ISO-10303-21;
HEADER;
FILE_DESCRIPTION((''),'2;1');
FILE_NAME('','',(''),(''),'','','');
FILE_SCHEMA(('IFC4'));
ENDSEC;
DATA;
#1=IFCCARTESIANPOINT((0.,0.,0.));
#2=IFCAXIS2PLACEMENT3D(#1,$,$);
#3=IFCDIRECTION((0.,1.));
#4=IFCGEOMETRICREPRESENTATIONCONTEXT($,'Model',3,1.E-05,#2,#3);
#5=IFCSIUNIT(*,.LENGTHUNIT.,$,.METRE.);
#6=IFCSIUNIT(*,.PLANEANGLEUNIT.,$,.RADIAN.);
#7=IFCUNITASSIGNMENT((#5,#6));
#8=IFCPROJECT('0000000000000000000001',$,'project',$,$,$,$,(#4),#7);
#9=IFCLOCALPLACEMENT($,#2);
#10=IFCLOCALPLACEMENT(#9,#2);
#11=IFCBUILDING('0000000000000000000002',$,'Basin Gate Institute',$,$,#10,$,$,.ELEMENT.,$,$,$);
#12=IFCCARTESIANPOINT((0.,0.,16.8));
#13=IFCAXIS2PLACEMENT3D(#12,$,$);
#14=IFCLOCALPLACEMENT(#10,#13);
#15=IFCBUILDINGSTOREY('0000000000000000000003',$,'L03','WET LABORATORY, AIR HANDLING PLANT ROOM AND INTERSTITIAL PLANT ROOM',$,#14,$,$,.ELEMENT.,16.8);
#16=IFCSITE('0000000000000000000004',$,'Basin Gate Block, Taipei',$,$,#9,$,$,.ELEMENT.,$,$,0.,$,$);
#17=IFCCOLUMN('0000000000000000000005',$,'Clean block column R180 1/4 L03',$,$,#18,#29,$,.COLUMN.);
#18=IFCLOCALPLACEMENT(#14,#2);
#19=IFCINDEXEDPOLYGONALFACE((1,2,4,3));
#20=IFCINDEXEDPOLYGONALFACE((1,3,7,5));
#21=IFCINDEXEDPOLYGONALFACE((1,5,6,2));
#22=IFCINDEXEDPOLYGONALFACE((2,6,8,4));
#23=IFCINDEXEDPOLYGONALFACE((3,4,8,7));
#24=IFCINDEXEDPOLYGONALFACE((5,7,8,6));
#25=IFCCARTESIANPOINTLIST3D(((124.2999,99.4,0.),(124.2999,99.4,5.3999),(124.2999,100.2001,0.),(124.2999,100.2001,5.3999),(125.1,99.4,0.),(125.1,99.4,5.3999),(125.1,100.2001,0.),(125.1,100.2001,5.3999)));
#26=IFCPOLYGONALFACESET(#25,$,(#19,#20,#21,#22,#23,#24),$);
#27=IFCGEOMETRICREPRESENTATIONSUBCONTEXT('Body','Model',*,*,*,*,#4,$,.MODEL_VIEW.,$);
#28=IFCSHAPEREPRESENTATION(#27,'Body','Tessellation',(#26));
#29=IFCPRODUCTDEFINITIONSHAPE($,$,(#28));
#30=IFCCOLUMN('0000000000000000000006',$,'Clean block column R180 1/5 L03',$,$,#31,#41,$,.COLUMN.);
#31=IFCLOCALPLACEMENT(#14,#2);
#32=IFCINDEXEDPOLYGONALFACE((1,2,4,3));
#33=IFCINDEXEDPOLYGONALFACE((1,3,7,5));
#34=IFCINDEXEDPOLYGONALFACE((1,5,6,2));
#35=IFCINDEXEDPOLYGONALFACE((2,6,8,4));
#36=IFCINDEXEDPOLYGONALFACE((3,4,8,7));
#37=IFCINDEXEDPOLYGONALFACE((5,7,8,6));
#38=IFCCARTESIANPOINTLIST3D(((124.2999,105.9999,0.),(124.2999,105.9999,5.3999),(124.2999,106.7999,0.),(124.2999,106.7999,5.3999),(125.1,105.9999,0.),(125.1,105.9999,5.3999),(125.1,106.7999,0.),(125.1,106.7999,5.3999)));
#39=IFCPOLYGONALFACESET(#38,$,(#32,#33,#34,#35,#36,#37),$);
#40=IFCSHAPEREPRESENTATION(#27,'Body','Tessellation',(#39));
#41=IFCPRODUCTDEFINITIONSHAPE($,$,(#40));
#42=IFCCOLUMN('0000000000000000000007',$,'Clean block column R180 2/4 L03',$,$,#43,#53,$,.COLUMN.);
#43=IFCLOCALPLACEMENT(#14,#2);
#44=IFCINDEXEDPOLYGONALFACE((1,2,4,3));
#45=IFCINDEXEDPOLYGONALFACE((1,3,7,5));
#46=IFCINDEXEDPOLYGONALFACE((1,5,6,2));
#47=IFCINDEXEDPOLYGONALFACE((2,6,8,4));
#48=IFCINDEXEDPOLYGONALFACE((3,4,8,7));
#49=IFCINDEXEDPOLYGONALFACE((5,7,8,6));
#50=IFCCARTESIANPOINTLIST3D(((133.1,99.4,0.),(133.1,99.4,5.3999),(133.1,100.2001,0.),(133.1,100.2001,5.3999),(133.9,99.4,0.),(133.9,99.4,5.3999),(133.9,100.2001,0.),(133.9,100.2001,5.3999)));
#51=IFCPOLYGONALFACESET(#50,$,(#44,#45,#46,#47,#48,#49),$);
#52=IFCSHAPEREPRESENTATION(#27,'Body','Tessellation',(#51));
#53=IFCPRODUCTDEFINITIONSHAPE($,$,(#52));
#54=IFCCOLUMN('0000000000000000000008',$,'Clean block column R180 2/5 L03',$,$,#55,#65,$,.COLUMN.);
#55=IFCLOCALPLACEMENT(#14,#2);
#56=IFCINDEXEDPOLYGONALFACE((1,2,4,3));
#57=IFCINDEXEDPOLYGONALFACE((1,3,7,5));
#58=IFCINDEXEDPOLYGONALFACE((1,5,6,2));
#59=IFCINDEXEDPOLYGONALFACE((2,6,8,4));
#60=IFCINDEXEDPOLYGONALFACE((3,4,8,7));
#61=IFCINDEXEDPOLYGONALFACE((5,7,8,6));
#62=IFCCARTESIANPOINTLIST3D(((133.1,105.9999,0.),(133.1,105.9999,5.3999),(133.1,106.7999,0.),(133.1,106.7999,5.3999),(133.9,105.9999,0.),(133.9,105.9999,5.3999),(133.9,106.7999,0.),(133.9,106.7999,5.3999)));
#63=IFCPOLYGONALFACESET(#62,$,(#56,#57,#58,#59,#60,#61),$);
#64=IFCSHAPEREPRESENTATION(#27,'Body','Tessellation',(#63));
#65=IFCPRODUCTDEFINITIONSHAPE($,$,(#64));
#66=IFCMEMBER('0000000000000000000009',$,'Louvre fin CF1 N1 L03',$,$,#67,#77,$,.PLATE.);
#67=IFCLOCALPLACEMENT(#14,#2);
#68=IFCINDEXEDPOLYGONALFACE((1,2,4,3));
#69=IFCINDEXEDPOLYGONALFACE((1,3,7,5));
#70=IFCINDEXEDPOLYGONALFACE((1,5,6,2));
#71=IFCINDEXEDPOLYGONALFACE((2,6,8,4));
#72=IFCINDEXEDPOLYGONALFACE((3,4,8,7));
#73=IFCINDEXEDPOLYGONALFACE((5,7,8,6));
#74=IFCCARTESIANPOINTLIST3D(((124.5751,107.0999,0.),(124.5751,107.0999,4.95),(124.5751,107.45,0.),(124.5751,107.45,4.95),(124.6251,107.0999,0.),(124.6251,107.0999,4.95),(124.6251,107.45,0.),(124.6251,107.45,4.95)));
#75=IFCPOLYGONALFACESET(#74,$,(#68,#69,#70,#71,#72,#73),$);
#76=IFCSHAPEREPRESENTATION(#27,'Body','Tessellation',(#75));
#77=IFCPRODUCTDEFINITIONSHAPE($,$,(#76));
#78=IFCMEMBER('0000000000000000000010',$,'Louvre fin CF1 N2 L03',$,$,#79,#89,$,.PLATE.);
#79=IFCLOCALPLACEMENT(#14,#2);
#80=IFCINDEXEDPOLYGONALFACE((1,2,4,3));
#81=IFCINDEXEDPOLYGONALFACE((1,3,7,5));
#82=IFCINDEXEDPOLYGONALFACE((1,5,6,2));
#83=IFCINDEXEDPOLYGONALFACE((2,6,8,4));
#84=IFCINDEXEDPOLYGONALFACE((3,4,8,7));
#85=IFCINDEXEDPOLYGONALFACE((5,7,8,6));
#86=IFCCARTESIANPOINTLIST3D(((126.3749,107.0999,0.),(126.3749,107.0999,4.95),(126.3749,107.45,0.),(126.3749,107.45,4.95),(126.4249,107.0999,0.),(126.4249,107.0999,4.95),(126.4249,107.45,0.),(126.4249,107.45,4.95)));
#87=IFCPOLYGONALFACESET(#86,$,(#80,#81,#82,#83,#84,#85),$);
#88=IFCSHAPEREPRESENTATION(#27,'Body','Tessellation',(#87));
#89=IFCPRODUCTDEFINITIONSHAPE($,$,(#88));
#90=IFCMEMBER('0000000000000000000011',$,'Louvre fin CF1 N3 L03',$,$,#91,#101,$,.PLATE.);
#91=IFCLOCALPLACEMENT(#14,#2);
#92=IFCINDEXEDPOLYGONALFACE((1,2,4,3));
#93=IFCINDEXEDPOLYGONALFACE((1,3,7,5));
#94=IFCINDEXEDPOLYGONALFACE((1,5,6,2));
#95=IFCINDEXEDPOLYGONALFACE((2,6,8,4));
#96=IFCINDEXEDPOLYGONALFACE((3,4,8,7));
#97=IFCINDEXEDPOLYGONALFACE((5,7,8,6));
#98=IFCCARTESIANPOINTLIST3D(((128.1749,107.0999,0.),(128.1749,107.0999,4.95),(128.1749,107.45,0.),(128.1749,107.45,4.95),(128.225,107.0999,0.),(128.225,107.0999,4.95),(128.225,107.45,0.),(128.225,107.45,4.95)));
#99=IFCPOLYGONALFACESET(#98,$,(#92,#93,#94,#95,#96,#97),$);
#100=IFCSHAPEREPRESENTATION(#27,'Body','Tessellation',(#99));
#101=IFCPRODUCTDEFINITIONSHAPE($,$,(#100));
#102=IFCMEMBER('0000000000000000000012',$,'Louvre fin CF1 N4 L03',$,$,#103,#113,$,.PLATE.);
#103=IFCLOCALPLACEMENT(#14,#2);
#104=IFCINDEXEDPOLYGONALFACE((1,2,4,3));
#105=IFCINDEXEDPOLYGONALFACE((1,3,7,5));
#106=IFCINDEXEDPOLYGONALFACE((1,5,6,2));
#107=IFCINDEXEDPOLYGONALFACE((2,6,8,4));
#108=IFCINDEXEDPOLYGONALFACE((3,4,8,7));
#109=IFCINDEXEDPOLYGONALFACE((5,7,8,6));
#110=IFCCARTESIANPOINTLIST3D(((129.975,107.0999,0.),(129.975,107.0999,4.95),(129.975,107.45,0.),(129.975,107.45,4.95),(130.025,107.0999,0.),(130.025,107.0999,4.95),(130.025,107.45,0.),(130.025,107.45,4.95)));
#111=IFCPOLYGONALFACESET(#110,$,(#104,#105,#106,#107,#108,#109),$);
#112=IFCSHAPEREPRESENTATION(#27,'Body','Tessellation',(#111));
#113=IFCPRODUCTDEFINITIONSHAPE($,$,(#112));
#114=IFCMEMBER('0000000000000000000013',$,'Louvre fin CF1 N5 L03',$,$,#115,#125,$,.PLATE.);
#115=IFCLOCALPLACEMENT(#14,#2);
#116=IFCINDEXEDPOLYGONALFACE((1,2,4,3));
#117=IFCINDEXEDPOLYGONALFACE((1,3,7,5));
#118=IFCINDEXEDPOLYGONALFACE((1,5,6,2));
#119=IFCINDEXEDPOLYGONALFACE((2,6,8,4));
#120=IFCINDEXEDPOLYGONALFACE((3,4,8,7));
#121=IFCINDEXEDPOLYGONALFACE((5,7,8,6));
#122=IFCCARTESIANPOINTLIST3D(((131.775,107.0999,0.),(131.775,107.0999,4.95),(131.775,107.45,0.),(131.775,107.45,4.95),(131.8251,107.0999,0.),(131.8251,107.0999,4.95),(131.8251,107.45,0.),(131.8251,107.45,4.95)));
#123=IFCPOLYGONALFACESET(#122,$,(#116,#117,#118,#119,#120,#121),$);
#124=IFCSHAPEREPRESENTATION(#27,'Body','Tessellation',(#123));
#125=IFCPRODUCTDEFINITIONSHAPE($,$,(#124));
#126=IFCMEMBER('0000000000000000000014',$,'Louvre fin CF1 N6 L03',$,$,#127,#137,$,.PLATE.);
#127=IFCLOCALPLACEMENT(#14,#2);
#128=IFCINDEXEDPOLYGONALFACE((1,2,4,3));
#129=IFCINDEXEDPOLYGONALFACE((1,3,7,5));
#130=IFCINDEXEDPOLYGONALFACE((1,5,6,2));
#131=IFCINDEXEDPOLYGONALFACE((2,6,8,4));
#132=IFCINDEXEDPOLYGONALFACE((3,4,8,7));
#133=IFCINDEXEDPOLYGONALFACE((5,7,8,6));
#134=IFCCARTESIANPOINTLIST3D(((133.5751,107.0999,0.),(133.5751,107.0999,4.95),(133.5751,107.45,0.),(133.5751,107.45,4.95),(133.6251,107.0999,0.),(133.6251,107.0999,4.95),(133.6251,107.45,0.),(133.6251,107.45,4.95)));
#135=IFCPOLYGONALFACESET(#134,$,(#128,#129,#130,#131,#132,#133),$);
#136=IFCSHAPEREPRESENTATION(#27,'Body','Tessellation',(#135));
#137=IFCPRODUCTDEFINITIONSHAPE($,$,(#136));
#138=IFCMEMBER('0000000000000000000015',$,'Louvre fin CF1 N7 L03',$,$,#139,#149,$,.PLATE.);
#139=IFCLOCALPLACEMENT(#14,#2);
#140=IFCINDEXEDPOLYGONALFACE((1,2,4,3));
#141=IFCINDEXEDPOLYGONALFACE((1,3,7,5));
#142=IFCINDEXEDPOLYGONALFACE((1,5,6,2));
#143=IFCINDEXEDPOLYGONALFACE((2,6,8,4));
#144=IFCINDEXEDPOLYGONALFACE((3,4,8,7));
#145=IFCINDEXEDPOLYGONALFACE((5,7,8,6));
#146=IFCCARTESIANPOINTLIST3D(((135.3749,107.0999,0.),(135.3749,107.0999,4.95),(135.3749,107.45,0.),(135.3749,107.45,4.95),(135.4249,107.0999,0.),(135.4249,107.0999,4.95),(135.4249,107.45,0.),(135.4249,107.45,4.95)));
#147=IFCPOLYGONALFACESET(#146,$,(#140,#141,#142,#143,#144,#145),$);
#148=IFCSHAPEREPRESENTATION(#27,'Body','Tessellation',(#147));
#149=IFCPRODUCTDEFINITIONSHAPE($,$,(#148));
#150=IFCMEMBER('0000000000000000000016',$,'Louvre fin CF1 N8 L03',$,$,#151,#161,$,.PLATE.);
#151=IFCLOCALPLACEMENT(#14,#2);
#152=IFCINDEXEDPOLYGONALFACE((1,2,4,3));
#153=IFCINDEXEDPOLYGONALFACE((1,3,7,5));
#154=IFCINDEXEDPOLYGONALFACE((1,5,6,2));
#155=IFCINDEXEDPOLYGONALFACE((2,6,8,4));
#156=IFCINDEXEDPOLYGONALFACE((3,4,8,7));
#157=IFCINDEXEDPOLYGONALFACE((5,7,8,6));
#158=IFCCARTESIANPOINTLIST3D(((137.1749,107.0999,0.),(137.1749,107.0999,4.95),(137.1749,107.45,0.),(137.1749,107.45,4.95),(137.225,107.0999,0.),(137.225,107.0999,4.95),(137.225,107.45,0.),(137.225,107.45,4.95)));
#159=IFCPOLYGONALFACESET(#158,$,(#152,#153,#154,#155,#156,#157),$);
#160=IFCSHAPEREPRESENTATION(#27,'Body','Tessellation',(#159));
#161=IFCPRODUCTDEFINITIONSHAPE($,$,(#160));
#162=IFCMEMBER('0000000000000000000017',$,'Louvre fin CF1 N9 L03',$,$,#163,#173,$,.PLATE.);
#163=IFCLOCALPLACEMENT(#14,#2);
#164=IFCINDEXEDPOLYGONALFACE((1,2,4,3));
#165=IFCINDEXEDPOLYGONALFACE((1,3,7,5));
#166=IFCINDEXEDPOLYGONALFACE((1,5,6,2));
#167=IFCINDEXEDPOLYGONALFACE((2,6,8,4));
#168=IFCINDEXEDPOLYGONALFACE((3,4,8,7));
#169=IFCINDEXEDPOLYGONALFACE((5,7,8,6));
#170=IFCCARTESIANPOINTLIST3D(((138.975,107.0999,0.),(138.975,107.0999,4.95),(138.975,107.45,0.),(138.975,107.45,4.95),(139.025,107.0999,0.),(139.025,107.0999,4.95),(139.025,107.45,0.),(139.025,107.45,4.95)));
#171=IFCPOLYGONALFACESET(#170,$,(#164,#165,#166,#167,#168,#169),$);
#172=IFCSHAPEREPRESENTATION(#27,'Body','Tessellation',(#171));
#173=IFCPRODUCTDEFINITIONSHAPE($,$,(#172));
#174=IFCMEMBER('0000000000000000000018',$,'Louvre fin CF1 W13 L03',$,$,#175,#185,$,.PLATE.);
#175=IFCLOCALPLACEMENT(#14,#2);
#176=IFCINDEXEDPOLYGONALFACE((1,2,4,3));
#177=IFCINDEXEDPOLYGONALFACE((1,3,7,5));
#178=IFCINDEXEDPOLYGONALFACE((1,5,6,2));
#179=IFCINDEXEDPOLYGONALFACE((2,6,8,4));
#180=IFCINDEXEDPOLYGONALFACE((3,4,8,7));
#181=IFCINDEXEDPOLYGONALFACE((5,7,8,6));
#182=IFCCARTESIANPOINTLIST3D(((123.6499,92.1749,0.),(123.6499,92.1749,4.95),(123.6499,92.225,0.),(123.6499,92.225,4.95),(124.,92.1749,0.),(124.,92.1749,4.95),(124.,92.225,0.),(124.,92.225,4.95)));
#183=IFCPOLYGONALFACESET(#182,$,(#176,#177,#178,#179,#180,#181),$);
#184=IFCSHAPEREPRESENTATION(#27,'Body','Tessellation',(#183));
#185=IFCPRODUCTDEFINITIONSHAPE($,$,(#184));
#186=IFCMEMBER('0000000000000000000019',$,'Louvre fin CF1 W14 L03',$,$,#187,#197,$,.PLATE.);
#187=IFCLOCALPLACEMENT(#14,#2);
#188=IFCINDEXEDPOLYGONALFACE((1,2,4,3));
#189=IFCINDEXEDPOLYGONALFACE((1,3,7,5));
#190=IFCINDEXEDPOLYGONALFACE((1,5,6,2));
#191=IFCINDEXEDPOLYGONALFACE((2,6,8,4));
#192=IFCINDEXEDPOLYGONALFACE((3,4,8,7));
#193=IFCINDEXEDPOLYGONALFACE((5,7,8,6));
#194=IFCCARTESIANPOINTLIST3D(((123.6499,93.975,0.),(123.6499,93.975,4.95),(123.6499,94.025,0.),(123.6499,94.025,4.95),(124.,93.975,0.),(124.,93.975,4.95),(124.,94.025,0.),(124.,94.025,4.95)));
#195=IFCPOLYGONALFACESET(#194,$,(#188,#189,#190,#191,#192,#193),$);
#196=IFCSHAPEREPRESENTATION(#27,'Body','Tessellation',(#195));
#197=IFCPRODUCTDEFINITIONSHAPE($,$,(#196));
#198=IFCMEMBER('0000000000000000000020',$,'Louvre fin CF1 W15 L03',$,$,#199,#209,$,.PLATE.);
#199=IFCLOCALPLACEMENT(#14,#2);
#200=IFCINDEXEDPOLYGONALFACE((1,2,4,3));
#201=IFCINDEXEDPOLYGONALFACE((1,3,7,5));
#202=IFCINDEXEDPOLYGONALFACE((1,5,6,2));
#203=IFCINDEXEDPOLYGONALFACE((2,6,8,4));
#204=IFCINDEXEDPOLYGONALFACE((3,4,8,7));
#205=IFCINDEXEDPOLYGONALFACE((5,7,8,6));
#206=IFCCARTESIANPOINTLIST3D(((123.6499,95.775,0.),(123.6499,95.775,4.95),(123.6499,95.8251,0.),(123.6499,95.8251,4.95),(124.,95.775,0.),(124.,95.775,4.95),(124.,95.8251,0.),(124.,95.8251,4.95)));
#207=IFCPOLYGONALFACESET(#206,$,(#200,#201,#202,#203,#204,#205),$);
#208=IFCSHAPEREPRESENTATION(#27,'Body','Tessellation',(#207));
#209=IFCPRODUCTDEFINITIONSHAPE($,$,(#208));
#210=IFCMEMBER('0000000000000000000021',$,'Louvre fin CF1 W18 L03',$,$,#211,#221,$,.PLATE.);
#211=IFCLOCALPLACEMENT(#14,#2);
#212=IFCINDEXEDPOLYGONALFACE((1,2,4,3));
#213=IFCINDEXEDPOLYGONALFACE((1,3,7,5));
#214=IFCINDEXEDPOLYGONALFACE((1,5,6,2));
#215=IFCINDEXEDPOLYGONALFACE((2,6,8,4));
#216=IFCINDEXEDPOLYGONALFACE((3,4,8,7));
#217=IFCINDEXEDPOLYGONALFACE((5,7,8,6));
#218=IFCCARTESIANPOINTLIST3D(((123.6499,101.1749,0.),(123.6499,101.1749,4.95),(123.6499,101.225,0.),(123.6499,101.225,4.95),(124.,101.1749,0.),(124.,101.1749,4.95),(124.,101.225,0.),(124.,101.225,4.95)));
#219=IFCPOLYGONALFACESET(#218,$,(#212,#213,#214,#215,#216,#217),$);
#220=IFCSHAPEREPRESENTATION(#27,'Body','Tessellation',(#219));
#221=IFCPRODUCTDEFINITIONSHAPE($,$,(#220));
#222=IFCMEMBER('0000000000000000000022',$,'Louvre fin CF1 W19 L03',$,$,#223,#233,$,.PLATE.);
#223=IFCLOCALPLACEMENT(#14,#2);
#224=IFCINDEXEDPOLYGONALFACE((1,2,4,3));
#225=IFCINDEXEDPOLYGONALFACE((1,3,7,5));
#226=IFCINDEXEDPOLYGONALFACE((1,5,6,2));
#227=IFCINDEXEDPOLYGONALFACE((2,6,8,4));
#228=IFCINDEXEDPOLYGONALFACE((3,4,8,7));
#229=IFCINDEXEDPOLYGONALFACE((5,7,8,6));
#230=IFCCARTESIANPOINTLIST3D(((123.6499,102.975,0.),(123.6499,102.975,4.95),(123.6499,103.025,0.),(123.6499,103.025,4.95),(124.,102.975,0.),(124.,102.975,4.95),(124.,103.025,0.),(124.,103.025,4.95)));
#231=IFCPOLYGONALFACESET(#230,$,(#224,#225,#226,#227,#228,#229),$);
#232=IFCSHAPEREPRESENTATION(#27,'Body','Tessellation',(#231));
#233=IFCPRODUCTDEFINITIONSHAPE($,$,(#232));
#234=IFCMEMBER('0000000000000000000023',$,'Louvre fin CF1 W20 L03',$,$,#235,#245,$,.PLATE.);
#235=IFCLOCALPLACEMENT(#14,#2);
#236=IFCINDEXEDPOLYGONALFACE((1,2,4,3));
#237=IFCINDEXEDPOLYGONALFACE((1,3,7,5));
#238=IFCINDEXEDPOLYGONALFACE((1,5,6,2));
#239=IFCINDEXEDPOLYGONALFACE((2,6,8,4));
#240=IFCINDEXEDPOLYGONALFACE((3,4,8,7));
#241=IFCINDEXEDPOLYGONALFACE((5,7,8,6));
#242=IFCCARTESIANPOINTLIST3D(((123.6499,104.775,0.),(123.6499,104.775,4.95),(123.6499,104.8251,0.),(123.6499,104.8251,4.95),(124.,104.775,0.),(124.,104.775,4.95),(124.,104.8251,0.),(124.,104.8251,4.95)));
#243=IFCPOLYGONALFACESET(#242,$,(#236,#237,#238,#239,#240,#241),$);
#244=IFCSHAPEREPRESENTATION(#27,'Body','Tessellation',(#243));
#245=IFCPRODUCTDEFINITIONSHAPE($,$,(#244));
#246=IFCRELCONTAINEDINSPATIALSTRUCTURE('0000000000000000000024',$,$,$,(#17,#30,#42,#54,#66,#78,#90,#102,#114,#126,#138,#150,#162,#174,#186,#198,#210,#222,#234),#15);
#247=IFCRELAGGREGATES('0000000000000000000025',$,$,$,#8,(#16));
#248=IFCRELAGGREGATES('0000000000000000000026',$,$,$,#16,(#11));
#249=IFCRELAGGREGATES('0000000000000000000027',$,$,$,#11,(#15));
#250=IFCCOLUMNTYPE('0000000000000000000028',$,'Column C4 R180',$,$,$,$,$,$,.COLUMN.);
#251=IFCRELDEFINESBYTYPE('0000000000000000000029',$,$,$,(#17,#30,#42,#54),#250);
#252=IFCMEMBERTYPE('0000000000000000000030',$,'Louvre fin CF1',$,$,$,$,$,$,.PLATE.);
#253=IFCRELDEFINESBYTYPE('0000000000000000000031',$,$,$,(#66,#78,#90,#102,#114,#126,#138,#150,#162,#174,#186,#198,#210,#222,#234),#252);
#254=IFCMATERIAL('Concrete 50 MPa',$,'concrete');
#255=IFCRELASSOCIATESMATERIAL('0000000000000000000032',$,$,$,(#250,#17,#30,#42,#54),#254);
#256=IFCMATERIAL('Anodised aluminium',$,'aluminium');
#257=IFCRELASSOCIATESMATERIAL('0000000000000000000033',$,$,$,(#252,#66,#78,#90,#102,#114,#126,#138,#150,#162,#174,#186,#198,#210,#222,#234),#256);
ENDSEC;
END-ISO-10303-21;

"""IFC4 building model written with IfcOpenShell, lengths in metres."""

from ifc_helpers import new_model, si_unit, direction, frame, origin, origin_2d, place, context, subcontext, project, spatial, rectangle, extrude, material, material_profile, profile_set, type_object, element, save


model = new_model("IFC4")

# Units and contexts
model_context = context("Model", 3, precision=1e-05, world=origin(), true_north=direction((0.0, 1.0)))
body_context = subcontext(model_context, "Body", "Model", "MODEL_VIEW")
ifc_project = project(units=[si_unit("LENGTHUNIT", "METRE"), si_unit("PLANEANGLEUNIT", "RADIAN")], contexts=[model_context])

# Site, building, storey
site_placement = place(None, origin())
site = spatial("IfcSite", under=ifc_project, at=site_placement, Name="Basin Gate Block, Taipei", CompositionType="ELEMENT", RefElevation=0.0)
building_placement = place(site_placement, origin())
building = spatial("IfcBuilding", under=site, at=building_placement, Name="Basin Gate Institute", CompositionType="ELEMENT")
storey_placement = place(building_placement, frame((0.0, 0.0, 16.8)))
storey = spatial("IfcBuildingStorey", under=building, at=storey_placement, Name="L03", Description="WET LABORATORY, AIR HANDLING PLANT ROOM AND INTERSTITIAL PLANT ROOM", CompositionType="ELEMENT", Elevation=16.8)

# Columns
ifc_material_1 = material(Name="Concrete 50 MPa", Category="concrete")
ifc_material_profile_1 = material_profile(ifc_material_1, rectangle(XDim=0.8, YDim=0.8, at=origin_2d()), Name="Column C4 800 x 800")
ifc_profile_set_1 = profile_set([ifc_material_profile_1], Name="Concrete 50 MPa")
column_type = type_object("IfcColumnType", Name="Column C4 R180", PredefinedType="COLUMN", material=ifc_profile_set_1)
for number, where, z_axis, x_axis, name in (
    (1, (124.7, 99.8, 0.0), (0.0, 0.0, 1.0), (1.0, 0.0, 0.0), "Clean block column R180 1/4 L03"),
    (2, (124.7, 106.3999, 0.0), (0.0, 0.0, 1.0), (1.0, 0.0, 0.0), "Clean block column R180 1/5 L03"),
    (3, (133.5, 99.8, 0.0), (0.0, 0.0, 1.0), (1.0, 0.0, 0.0), "Clean block column R180 2/4 L03"),
    (4, (133.5, 106.3999, 0.0), (0.0, 0.0, 1.0), (1.0, 0.0, 0.0), "Clean block column R180 2/5 L03"),
):
    element("IfcColumn", number, at=place(storey_placement, frame(where, z_axis=z_axis, x_axis=x_axis)), inside=storey, type_object=column_type, material=ifc_profile_set_1, Name=name, PredefinedType="COLUMN", context=body_context, shape_type="SweptSolid", body=[
        extrude(rectangle(XDim=0.8, YDim=0.8, at=origin_2d()), origin(), (0.0, 0.0, 1.0), 5.3999),
    ])

# Members
ifc_material_2 = material(Name="Anodised aluminium", Category="aluminium")
ifc_material_profile_2 = material_profile(ifc_material_2, rectangle(XDim=0.05, YDim=0.3501, at=origin_2d()), Name="Louvre fin CF1 50 x 350")
ifc_profile_set_2 = profile_set([ifc_material_profile_2], Name="Anodised aluminium")
member_type = type_object("IfcMemberType", Name="Louvre fin CF1", PredefinedType="PLATE", material=ifc_profile_set_2)
for number, where, z_axis, x_axis, name in (
    (5, (124.6001, 107.2749, 0.0), (0.0, 0.0, 1.0), (1.0, 0.0, 0.0), "Louvre fin CF1 N1 L03"),
    (6, (126.3999, 107.2749, 0.0), (0.0, 0.0, 1.0), (1.0, 0.0, 0.0), "Louvre fin CF1 N2 L03"),
    (7, (128.2, 107.2749, 0.0), (0.0, 0.0, 1.0), (1.0, 0.0, 0.0), "Louvre fin CF1 N3 L03"),
    (8, (130.0, 107.2749, 0.0), (0.0, 0.0, 1.0), (1.0, 0.0, 0.0), "Louvre fin CF1 N4 L03"),
    (9, (131.8, 107.2749, 0.0), (0.0, 0.0, 1.0), (1.0, 0.0, 0.0), "Louvre fin CF1 N5 L03"),
    (10, (133.6001, 107.2749, 0.0), (0.0, 0.0, 1.0), (1.0, 0.0, 0.0), "Louvre fin CF1 N6 L03"),
    (11, (135.3999, 107.2749, 0.0), (0.0, 0.0, 1.0), (1.0, 0.0, 0.0), "Louvre fin CF1 N7 L03"),
    (12, (137.2, 107.2749, 0.0), (0.0, 0.0, 1.0), (1.0, 0.0, 0.0), "Louvre fin CF1 N8 L03"),
    (13, (139.0, 107.2749, 0.0), (0.0, 0.0, 1.0), (1.0, 0.0, 0.0), "Louvre fin CF1 N9 L03"),
    (14, (123.825, 92.2, 0.0), (0.0, 0.0, 1.0), (0.0, 1.0, 0.0), "Louvre fin CF1 W13 L03"),
    (15, (123.825, 94.0, 0.0), (0.0, 0.0, 1.0), (0.0, 1.0, 0.0), "Louvre fin CF1 W14 L03"),
    (16, (123.825, 95.8, 0.0), (0.0, 0.0, 1.0), (0.0, 1.0, 0.0), "Louvre fin CF1 W15 L03"),
    (17, (123.825, 101.2, 0.0), (0.0, 0.0, 1.0), (0.0, 1.0, 0.0), "Louvre fin CF1 W18 L03"),
    (18, (123.825, 103.0, 0.0), (0.0, 0.0, 1.0), (0.0, 1.0, 0.0), "Louvre fin CF1 W19 L03"),
    (19, (123.825, 104.8, 0.0), (0.0, 0.0, 1.0), (0.0, 1.0, 0.0), "Louvre fin CF1 W20 L03"),
):
    element("IfcMember", number, at=place(storey_placement, frame(where, z_axis=z_axis, x_axis=x_axis)), inside=storey, type_object=member_type, material=ifc_profile_set_2, Name=name, PredefinedType="PLATE", context=body_context, shape_type="SweptSolid", body=[
        extrude(rectangle(XDim=0.05, YDim=0.3501, at=origin_2d()), origin(), (0.0, 0.0, 1.0), 4.95),
    ])

save(model, "model.ifc")
